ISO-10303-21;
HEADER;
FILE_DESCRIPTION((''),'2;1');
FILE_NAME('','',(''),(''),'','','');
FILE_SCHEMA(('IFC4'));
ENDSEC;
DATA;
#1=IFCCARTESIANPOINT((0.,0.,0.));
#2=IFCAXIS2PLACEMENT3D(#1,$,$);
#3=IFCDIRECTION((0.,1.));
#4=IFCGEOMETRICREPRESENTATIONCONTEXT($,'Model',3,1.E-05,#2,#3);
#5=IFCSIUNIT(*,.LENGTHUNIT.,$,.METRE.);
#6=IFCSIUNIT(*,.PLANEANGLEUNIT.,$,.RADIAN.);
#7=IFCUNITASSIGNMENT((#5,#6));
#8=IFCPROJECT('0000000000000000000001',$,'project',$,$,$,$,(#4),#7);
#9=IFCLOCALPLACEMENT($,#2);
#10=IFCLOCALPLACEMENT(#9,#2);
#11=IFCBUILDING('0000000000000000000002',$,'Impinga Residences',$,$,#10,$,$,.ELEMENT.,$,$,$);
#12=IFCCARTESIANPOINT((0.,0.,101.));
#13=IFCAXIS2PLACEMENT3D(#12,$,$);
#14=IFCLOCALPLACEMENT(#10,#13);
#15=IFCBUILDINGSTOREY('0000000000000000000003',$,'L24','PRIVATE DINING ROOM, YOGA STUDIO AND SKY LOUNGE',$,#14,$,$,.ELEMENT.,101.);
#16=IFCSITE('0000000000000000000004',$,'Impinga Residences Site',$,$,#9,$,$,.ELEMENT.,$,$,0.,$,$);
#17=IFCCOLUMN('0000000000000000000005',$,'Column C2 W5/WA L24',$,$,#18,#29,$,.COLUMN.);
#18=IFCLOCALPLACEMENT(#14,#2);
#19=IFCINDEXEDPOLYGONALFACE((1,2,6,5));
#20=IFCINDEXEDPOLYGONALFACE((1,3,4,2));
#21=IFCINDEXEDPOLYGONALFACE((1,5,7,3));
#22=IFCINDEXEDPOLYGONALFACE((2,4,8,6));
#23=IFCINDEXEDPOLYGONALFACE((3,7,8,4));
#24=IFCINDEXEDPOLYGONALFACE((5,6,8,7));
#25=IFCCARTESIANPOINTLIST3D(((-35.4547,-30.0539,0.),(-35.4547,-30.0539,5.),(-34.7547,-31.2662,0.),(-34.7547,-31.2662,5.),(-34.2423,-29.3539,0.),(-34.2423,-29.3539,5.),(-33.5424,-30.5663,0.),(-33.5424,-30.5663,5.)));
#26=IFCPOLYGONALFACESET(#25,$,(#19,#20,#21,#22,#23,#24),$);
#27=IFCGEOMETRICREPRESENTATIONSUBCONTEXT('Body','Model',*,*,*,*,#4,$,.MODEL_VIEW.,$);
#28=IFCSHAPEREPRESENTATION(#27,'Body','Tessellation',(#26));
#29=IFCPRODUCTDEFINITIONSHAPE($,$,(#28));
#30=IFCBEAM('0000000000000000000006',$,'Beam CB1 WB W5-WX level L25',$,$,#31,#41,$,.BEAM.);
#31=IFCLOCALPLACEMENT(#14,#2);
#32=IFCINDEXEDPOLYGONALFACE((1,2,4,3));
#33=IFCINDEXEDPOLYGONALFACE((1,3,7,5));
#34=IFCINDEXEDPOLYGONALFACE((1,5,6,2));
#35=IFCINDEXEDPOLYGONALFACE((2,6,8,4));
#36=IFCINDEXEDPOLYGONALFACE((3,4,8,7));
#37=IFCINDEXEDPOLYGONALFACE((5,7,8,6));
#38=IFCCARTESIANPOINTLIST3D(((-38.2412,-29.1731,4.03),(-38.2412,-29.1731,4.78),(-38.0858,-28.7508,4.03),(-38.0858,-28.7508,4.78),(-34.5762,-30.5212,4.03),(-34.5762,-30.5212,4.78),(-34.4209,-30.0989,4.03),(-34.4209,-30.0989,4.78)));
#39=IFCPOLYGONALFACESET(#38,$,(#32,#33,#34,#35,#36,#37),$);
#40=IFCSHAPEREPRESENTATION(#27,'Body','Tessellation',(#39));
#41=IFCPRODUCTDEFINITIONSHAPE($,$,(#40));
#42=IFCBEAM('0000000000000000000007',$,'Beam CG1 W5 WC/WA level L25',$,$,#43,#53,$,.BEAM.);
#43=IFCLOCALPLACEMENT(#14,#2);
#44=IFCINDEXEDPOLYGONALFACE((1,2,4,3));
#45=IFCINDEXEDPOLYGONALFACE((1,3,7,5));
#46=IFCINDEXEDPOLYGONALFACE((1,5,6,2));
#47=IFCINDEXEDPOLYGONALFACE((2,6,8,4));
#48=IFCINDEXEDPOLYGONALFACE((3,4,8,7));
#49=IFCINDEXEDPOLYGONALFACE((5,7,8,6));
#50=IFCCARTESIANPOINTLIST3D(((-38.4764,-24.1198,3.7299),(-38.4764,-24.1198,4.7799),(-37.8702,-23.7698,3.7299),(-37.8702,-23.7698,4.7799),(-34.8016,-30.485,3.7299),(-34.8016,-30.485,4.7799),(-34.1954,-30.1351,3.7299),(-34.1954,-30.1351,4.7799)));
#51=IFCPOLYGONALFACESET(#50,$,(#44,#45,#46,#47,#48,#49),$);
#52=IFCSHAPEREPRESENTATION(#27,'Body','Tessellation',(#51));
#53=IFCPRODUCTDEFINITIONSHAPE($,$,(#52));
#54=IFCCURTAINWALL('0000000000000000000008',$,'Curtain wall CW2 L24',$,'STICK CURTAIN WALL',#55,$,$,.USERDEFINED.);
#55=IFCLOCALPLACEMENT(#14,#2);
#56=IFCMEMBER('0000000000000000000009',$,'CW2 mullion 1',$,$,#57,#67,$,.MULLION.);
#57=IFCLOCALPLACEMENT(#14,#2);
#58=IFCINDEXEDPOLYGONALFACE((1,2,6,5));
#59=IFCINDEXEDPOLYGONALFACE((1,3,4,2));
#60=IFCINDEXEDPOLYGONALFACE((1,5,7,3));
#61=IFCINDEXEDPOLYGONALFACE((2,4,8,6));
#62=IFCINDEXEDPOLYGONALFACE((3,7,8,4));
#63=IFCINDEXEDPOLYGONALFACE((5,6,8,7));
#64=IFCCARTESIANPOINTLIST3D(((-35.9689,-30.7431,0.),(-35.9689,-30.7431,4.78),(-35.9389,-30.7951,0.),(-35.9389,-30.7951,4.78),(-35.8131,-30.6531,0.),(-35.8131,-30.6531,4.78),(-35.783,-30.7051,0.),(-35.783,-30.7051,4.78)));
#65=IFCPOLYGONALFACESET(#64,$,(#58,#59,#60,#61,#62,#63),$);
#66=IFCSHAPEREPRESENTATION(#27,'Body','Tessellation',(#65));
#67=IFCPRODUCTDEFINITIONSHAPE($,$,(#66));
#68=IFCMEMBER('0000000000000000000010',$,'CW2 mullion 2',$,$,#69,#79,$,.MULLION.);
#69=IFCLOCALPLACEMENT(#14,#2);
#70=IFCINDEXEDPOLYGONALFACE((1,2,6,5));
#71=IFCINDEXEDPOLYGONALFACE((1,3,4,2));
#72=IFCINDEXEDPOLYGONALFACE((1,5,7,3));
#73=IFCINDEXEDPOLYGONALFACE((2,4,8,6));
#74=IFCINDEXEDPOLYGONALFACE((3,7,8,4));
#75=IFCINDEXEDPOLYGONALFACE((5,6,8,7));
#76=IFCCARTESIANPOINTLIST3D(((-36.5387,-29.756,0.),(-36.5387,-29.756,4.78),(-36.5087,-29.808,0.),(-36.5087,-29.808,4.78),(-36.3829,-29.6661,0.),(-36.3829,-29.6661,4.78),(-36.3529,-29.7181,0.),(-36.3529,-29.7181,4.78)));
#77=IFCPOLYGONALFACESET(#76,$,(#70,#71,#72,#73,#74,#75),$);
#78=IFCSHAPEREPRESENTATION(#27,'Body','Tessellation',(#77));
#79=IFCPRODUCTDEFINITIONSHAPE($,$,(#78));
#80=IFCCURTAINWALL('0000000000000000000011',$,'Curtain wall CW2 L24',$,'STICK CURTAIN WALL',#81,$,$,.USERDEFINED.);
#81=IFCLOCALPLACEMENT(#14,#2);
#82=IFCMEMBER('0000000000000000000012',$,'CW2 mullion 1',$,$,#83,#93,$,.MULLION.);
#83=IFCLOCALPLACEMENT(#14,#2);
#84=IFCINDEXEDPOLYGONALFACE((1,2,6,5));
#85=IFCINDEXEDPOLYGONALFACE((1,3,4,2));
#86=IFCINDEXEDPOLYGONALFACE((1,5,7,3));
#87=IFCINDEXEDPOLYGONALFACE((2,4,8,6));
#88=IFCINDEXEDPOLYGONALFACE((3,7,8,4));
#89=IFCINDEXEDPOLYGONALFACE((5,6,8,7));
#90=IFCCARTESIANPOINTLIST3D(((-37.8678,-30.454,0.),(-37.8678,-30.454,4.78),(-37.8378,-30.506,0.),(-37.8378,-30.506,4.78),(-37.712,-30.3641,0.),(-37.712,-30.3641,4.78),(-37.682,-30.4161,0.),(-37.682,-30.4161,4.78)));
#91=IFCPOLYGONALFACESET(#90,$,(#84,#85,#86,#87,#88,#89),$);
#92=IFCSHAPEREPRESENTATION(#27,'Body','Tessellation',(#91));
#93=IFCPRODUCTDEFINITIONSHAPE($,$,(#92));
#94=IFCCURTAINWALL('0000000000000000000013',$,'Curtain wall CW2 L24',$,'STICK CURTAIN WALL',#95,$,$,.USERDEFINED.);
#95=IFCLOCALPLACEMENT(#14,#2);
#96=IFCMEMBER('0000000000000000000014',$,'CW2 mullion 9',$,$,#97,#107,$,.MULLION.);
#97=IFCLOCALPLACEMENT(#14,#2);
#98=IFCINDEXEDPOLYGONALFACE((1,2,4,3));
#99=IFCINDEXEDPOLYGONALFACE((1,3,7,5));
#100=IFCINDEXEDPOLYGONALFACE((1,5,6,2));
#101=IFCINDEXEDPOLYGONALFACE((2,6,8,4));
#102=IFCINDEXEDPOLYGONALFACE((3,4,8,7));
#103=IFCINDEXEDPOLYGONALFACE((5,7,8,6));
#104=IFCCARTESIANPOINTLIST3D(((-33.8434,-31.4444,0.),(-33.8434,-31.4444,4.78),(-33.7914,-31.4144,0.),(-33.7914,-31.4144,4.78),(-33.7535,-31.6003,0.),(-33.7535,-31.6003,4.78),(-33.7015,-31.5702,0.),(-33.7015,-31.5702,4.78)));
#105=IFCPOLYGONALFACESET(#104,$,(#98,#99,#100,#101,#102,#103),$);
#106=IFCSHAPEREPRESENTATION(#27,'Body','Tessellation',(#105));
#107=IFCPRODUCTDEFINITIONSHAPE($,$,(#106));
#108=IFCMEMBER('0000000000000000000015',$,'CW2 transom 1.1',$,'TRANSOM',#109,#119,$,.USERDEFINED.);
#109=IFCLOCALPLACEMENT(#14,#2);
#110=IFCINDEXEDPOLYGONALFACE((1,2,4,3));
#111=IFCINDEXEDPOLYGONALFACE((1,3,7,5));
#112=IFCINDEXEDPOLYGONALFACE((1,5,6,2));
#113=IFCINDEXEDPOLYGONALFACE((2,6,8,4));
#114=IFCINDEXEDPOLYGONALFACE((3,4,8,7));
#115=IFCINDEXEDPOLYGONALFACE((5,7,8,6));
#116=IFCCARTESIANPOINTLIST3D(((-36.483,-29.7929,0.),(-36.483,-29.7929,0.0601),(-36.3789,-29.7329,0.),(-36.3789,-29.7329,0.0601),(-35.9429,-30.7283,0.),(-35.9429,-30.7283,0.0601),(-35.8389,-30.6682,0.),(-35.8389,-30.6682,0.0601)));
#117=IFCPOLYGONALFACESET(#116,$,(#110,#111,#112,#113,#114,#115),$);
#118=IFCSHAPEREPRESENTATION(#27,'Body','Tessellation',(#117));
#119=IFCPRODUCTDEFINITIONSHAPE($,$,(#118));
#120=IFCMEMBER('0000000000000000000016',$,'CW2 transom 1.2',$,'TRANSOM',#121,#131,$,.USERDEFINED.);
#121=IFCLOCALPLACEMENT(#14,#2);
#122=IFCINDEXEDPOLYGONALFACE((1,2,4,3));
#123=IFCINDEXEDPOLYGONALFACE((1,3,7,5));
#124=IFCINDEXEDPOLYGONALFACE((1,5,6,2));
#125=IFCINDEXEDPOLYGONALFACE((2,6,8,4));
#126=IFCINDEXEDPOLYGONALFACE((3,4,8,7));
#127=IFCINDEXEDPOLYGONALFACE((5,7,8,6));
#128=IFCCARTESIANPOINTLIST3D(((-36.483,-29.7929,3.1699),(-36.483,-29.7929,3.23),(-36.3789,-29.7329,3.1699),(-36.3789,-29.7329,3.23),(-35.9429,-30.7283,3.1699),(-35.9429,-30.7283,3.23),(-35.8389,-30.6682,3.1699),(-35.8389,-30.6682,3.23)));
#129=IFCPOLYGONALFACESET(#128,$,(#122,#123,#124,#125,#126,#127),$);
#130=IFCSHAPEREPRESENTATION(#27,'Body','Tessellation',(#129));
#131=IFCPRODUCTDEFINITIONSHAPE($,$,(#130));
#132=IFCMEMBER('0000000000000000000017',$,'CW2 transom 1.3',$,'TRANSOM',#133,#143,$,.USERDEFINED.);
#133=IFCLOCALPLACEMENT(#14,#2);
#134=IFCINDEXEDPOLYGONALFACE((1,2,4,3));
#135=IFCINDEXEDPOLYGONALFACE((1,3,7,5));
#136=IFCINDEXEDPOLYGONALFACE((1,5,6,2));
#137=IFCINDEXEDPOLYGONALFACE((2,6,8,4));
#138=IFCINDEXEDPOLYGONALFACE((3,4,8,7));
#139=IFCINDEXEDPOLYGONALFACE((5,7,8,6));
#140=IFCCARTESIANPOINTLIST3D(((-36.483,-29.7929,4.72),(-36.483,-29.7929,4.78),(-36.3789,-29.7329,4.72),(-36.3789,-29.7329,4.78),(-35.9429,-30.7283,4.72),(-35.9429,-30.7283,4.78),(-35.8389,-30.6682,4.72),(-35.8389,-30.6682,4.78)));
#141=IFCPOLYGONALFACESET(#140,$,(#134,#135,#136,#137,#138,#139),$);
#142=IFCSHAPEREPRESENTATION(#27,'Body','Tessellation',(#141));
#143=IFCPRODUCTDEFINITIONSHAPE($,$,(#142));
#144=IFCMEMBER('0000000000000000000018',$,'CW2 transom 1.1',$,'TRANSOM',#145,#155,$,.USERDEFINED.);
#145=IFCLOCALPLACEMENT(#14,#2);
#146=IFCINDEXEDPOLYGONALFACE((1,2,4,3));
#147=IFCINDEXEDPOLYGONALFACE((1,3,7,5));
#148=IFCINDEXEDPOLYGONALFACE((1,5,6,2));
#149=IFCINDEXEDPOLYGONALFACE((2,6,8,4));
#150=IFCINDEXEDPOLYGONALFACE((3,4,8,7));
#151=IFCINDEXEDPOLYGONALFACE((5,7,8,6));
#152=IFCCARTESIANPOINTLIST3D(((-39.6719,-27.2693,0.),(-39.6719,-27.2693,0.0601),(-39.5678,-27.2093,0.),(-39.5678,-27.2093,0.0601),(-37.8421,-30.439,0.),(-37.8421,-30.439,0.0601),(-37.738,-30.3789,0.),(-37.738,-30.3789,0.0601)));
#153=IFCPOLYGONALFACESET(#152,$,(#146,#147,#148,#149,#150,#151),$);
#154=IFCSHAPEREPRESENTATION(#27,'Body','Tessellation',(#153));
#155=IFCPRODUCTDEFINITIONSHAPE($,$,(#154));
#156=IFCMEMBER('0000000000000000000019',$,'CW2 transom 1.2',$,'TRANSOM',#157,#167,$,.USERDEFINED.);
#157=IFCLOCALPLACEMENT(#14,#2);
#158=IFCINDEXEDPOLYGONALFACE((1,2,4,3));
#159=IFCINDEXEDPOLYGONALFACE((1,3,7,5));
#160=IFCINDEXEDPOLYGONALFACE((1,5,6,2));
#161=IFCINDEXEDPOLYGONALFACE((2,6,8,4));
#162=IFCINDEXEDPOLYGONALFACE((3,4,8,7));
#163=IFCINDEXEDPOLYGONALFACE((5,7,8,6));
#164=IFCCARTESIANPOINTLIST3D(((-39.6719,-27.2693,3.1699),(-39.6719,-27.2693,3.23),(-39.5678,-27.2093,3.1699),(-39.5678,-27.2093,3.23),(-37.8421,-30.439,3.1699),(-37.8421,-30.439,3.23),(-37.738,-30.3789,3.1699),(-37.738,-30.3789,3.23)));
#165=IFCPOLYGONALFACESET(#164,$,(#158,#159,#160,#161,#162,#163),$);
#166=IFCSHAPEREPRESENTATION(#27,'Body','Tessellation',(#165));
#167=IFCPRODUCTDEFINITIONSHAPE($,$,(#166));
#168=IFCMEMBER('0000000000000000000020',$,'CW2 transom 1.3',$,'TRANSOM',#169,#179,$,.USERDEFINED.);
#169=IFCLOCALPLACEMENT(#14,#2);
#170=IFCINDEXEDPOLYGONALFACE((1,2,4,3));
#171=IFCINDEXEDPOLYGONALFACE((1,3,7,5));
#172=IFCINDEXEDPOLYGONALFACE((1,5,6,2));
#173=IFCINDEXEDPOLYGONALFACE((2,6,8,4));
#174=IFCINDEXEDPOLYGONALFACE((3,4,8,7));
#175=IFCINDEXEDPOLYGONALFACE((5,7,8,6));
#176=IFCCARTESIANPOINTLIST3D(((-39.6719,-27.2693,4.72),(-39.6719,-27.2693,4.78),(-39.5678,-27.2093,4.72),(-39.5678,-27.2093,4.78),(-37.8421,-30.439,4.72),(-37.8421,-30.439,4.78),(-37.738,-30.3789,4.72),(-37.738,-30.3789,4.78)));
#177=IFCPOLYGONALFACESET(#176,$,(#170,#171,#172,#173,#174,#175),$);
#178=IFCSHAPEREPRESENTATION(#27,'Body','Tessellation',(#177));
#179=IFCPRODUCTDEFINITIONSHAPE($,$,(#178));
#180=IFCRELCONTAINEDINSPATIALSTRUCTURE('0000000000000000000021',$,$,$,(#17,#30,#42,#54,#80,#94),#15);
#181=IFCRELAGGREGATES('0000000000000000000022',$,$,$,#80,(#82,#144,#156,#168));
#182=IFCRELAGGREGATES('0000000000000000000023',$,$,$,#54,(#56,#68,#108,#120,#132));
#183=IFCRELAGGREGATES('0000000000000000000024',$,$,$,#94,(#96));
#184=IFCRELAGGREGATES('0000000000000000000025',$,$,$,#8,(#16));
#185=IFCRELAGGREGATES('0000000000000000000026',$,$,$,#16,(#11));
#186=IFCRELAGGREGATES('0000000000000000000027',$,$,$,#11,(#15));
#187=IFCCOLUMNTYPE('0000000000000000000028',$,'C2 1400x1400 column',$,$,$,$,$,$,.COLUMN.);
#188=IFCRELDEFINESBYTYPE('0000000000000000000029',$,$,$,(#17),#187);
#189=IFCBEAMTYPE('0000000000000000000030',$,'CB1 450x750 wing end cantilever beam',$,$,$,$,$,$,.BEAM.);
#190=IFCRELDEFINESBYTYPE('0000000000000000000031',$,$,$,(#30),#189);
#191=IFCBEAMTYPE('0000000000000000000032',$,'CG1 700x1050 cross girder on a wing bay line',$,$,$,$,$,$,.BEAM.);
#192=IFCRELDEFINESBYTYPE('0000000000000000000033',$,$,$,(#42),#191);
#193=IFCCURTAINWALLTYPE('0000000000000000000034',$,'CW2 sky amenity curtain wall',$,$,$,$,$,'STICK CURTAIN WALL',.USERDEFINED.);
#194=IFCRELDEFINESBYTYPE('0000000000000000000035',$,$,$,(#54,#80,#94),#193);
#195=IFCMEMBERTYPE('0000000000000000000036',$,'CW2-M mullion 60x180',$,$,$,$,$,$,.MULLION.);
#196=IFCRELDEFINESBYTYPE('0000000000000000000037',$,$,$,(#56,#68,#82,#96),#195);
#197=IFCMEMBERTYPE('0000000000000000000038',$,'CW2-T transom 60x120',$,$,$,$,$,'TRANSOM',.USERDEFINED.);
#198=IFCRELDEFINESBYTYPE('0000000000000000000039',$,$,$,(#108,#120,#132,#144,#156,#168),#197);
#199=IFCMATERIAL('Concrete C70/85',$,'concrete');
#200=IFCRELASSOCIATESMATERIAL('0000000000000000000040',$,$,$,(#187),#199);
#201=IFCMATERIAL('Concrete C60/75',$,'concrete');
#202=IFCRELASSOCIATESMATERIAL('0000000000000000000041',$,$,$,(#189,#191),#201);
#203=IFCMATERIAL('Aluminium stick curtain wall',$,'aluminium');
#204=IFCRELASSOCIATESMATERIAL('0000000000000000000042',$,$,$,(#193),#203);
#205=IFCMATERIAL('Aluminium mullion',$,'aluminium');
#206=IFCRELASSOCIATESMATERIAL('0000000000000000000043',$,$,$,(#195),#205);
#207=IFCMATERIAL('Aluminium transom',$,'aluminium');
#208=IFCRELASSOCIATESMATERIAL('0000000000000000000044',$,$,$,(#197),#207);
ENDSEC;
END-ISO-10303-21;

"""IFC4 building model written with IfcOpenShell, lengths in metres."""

from ifc_helpers import new_model, si_unit, direction, frame, origin, origin_2d, place, context, subcontext, project, spatial, rectangle, extrude, material, material_profile, profile_set, type_object, element, aggregate, save


model = new_model("IFC4")

# Units and contexts
model_context = context("Model", 3, precision=1e-05, world=origin(), true_north=direction((0.0, 1.0)))
body_context = subcontext(model_context, "Body", "Model", "MODEL_VIEW")
ifc_project = project(units=[si_unit("LENGTHUNIT", "METRE"), si_unit("PLANEANGLEUNIT", "RADIAN")], contexts=[model_context])

# Site, building, storey
site_placement = place(None, origin())
site = spatial("IfcSite", under=ifc_project, at=site_placement, Name="Impinga Residences Site", CompositionType="ELEMENT", RefElevation=0.0)
building_placement = place(site_placement, origin())
building = spatial("IfcBuilding", under=site, at=building_placement, Name="Impinga Residences", CompositionType="ELEMENT")
storey_placement = place(building_placement, frame((0.0, 0.0, 101.0)))
storey = spatial("IfcBuildingStorey", under=building, at=storey_placement, Name="L24", Description="PRIVATE DINING ROOM, YOGA STUDIO AND SKY LOUNGE", CompositionType="ELEMENT", Elevation=101.0)

# Column
ifc_material_1 = material(Name="Concrete C70/85", Category="concrete")
ifc_material_profile_1 = material_profile(ifc_material_1, rectangle(XDim=1.3999, YDim=1.3999, at=origin_2d()), Name="RC 1400x1400")
ifc_profile_set_1 = profile_set([ifc_material_profile_1], Name="Concrete C70/85")
column_type = type_object("IfcColumnType", Name="C2 1400x1400 column", PredefinedType="COLUMN", material=ifc_profile_set_1)
column_placement = place(storey_placement, frame((-34.4985, -30.3101, 0.0), z_axis=(0.0, 0.0, 1.0), x_axis=(-0.5, 0.866025, 0.0)))
element("IfcColumn", 1, at=column_placement, inside=storey, type_object=column_type, Name="Column C2 W5/WA L24", PredefinedType="COLUMN", context=body_context, shape_type="SweptSolid", body=[
    extrude(rectangle(XDim=1.3999, YDim=1.3999, at=origin_2d()), origin(), (0.0, 0.0, 1.0), 5.0),
])

# Beams
ifc_material_2 = material(Name="Concrete C60/75", Category="concrete")
ifc_material_profile_2 = material_profile(ifc_material_2, rectangle(XDim=0.45, YDim=0.75, at=origin_2d()), Name="RC 450x750")
ifc_profile_set_2 = profile_set([ifc_material_profile_2], Name="Concrete C60/75")
beam_type_1 = type_object("IfcBeamType", Name="CB1 450x750 wing end cantilever beam", PredefinedType="BEAM", material=ifc_profile_set_2)
beam_1_placement = place(storey_placement, frame((-34.4985, -30.3101, 4.405), z_axis=(-0.93852, 0.345224, 0.0), x_axis=(-0.345224, -0.93852, 0.0)))
element("IfcBeam", 2, at=beam_1_placement, inside=storey, type_object=beam_type_1, Name="Beam CB1 WB W5-WX level L25", PredefinedType="BEAM", context=body_context, shape_type="SweptSolid", body=[
    extrude(rectangle(XDim=0.45, YDim=0.75, at=origin_2d()), origin(), (0.0, 0.0, 1.0), 3.905),
])
ifc_material_profile_3 = material_profile(ifc_material_2, rectangle(XDim=0.7, YDim=1.05, at=origin_2d()), Name="RC 700x1050")
ifc_profile_set_3 = profile_set([ifc_material_profile_3], Name="Concrete C60/75")
beam_type_2 = type_object("IfcBeamType", Name="CG1 700x1050 cross girder on a wing bay line", PredefinedType="BEAM", material=ifc_profile_set_3)
beam_2_placement = place(storey_placement, frame((-38.1733, -23.9448, 4.2549), z_axis=(0.499983, -0.866035, 0.0), x_axis=(0.866035, 0.499983, 0.0)))
element("IfcBeam", 3, at=beam_2_placement, inside=storey, type_object=beam_type_2, Name="Beam CG1 W5 WC/WA level L25", PredefinedType="BEAM", context=body_context, shape_type="SweptSolid", body=[
    extrude(rectangle(XDim=0.7, YDim=1.05, at=origin_2d()), origin(), (0.0, 0.0, 1.0), 7.3499),
])

# Curtain wall, members
ifc_material_3 = material(Name="Aluminium stick curtain wall", Category="aluminium")
curtain_wall_type = type_object("IfcCurtainWallType", Name="CW2 sky amenity curtain wall", ElementType="STICK CURTAIN WALL", PredefinedType="USERDEFINED", material=ifc_material_3)
curtain_wall_1_placement = place(storey_placement, origin())
curtain_wall_1 = element("IfcCurtainWall", 4, at=curtain_wall_1_placement, inside=storey, type_object=curtain_wall_type, Name="Curtain wall CW2 L24", ObjectType="STICK CURTAIN WALL", PredefinedType="USERDEFINED")
ifc_material_4 = material(Name="Aluminium mullion", Category="aluminium")
ifc_material_profile_4 = material_profile(ifc_material_4, rectangle(XDim=0.0601, YDim=0.1799, at=origin_2d()), Name="60x180 mullion")
ifc_profile_set_4 = profile_set([ifc_material_profile_4], Name="Aluminium mullion")
member_type_1 = type_object("IfcMemberType", Name="CW2-M mullion 60x180", PredefinedType="MULLION", material=ifc_profile_set_4)
member_1_placement = place(storey_placement, frame((-35.876, -30.7241, 0.0), z_axis=(0.0, 0.0, 1.0), x_axis=(-0.5, 0.866026, 0.0)))
member_1 = element("IfcMember", 5, at=member_1_placement, type_object=member_type_1, Name="CW2 mullion 1", PredefinedType="MULLION", context=body_context, shape_type="SweptSolid", body=[
    extrude(rectangle(XDim=0.0601, YDim=0.1799, at=origin_2d()), origin(), (0.0, 0.0, 1.0), 4.78),
])
member_2_placement = place(storey_placement, frame((-36.4458, -29.7371, 0.0), z_axis=(0.0, 0.0, 1.0), x_axis=(-0.5, 0.866026, 0.0)))
member_2 = element("IfcMember", 6, at=member_2_placement, type_object=member_type_1, Name="CW2 mullion 2", PredefinedType="MULLION", context=body_context, shape_type="SweptSolid", body=[
    extrude(rectangle(XDim=0.0601, YDim=0.1799, at=origin_2d()), origin(), (0.0, 0.0, 1.0), 4.78),
])

# Curtain walls, members
curtain_wall_2_placement = place(storey_placement, origin())
curtain_wall_2 = element("IfcCurtainWall", 7, at=curtain_wall_2_placement, inside=storey, type_object=curtain_wall_type, Name="Curtain wall CW2 L24", ObjectType="STICK CURTAIN WALL", PredefinedType="USERDEFINED")
member_3_placement = place(storey_placement, frame((-37.7749, -30.4351, 0.0), z_axis=(0.0, 0.0, 1.0), x_axis=(-0.5, 0.866025, 0.0)))
member_3 = element("IfcMember", 8, at=member_3_placement, type_object=member_type_1, Name="CW2 mullion 1", PredefinedType="MULLION", context=body_context, shape_type="SweptSolid", body=[
    extrude(rectangle(XDim=0.0601, YDim=0.1799, at=origin_2d()), origin(), (0.0, 0.0, 1.0), 4.78),
])
curtain_wall_3_placement = place(storey_placement, origin())
curtain_wall_3 = element("IfcCurtainWall", 9, at=curtain_wall_3_placement, inside=storey, type_object=curtain_wall_type, Name="Curtain wall CW2 L24", ObjectType="STICK CURTAIN WALL", PredefinedType="USERDEFINED")
member_4_placement = place(storey_placement, frame((-33.7725, -31.5073, 0.0), z_axis=(0.0, 0.0, 1.0), x_axis=(-0.866025, -0.5, 0.0)))
member_4 = element("IfcMember", 10, at=member_4_placement, type_object=member_type_1, Name="CW2 mullion 9", PredefinedType="MULLION", context=body_context, shape_type="SweptSolid", body=[
    extrude(rectangle(XDim=0.0601, YDim=0.1799, at=origin_2d()), origin(), (0.0, 0.0, 1.0), 4.78),
])

# Members
ifc_material_5 = material(Name="Aluminium transom", Category="aluminium")
ifc_material_profile_5 = material_profile(ifc_material_5, rectangle(XDim=0.0601, YDim=0.1201, at=origin_2d()), Name="60x120 transom")
ifc_profile_set_5 = profile_set([ifc_material_profile_5], Name="Aluminium transom")
member_type_2 = type_object("IfcMemberType", Name="CW2-T transom 60x120", ElementType="TRANSOM", PredefinedType="USERDEFINED", material=ifc_profile_set_5)
member_5_placement = place(storey_placement, frame((-35.8909, -30.6982, 0.03), z_axis=(-0.500029, 0.866009, 0.0), x_axis=(0.0, 0.0, 1.0)))
member_5 = element("IfcMember", 11, at=member_5_placement, type_object=member_type_2, Name="CW2 transom 1.1", ObjectType="TRANSOM", PredefinedType="USERDEFINED", context=body_context, shape_type="SweptSolid", body=[
    extrude(rectangle(XDim=0.0601, YDim=0.1201, at=origin_2d()), origin(), (0.0, 0.0, 1.0), 1.0801),
])
member_6_placement = place(storey_placement, frame((-35.8909, -30.6982, 3.2), z_axis=(-0.500029, 0.866009, 0.0), x_axis=(0.0, 0.0, 1.0)))
member_6 = element("IfcMember", 12, at=member_6_placement, type_object=member_type_2, Name="CW2 transom 1.2", ObjectType="TRANSOM", PredefinedType="USERDEFINED", context=body_context, shape_type="SweptSolid", body=[
    extrude(rectangle(XDim=0.0601, YDim=0.1201, at=origin_2d()), origin(), (0.0, 0.0, 1.0), 1.0801),
])
member_7_placement = place(storey_placement, frame((-35.8909, -30.6982, 4.75), z_axis=(-0.500029, 0.866009, 0.0), x_axis=(0.0, 0.0, 1.0)))
member_7 = element("IfcMember", 13, at=member_7_placement, type_object=member_type_2, Name="CW2 transom 1.3", ObjectType="TRANSOM", PredefinedType="USERDEFINED", context=body_context, shape_type="SweptSolid", body=[
    extrude(rectangle(XDim=0.0601, YDim=0.1201, at=origin_2d()), origin(), (0.0, 0.0, 1.0), 1.0801),
])
member_8_placement = place(storey_placement, frame((-37.79, -30.4089, 0.03), z_axis=(-0.499963, 0.866047, 0.0), x_axis=(0.0, 0.0, 1.0)))
member_8 = element("IfcMember", 14, at=member_8_placement, type_object=member_type_2, Name="CW2 transom 1.1", ObjectType="TRANSOM", PredefinedType="USERDEFINED", context=body_context, shape_type="SweptSolid", body=[
    extrude(rectangle(XDim=0.0601, YDim=0.1201, at=origin_2d()), origin(), (0.0, 0.0, 1.0), 3.6599),
])
member_9_placement = place(storey_placement, frame((-37.79, -30.4089, 3.2), z_axis=(-0.499963, 0.866047, 0.0), x_axis=(0.0, 0.0, 1.0)))
member_9 = element("IfcMember", 15, at=member_9_placement, type_object=member_type_2, Name="CW2 transom 1.2", ObjectType="TRANSOM", PredefinedType="USERDEFINED", context=body_context, shape_type="SweptSolid", body=[
    extrude(rectangle(XDim=0.0601, YDim=0.1201, at=origin_2d()), origin(), (0.0, 0.0, 1.0), 3.6599),
])
member_10_placement = place(storey_placement, frame((-37.79, -30.4089, 4.75), z_axis=(-0.499963, 0.866047, 0.0), x_axis=(0.0, 0.0, 1.0)))
member_10 = element("IfcMember", 16, at=member_10_placement, type_object=member_type_2, Name="CW2 transom 1.3", ObjectType="TRANSOM", PredefinedType="USERDEFINED", context=body_context, shape_type="SweptSolid", body=[
    extrude(rectangle(XDim=0.0601, YDim=0.1201, at=origin_2d()), origin(), (0.0, 0.0, 1.0), 3.6599),
])
aggregate(curtain_wall_2, [member_3, member_8, member_9, member_10])

aggregate(curtain_wall_1, [member_1, member_2, member_5, member_6, member_7])
aggregate(curtain_wall_3, [member_4])

save(model, "model.ifc")
